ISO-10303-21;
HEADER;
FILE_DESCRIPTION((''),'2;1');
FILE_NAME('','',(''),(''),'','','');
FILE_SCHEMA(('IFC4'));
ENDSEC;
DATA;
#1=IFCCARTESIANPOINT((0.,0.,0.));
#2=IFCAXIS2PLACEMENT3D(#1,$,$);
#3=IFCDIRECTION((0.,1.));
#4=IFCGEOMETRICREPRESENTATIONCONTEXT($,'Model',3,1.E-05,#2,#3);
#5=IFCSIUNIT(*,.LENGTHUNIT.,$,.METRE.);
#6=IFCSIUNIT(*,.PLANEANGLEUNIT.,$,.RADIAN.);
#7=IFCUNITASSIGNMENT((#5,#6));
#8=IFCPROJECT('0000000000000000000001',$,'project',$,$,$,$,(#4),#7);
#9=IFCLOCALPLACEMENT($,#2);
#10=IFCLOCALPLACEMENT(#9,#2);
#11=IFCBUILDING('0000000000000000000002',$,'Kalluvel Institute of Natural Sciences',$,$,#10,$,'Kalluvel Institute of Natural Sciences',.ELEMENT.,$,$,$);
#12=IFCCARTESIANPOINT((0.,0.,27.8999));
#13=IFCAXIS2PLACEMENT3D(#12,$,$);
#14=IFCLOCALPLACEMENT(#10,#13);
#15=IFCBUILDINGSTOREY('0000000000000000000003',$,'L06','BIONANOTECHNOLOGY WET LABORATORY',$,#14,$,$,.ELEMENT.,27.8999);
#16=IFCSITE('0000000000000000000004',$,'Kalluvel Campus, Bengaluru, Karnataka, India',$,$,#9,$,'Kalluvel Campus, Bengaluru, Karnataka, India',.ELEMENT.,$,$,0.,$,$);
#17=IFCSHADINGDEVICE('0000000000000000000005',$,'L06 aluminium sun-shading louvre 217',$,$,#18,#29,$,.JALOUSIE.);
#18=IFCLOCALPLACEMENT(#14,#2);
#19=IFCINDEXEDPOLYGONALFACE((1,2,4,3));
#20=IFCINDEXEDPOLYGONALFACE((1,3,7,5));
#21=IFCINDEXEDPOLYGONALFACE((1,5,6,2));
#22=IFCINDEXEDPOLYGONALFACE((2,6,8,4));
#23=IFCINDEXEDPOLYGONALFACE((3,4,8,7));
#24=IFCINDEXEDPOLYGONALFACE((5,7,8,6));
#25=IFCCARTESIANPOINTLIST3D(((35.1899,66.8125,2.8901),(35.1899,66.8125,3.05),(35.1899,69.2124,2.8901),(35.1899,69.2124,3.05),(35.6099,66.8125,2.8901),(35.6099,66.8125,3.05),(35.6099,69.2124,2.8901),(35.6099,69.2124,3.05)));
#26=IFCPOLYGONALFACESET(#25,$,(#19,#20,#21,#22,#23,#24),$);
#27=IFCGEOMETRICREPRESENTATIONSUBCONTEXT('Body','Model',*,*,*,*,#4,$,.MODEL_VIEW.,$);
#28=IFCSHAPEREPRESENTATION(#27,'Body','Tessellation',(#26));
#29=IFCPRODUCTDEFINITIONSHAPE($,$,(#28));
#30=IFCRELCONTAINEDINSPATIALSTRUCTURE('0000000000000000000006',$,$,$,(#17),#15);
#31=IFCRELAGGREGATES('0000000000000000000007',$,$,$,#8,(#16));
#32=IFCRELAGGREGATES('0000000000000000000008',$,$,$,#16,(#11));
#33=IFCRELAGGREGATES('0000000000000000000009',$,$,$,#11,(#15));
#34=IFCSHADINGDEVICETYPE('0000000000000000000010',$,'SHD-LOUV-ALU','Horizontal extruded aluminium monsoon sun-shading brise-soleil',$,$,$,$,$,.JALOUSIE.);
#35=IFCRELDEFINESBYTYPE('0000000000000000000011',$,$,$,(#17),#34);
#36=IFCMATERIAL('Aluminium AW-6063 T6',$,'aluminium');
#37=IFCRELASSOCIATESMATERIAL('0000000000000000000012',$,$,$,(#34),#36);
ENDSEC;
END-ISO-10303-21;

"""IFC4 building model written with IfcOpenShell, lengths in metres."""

from ifc_helpers import new_model, si_unit, direction, frame, origin, origin_2d, place, context, subcontext, project, spatial, rectangle, extrude, material, type_object, element, save


model = new_model("IFC4")

# Units and contexts
model_context = context("Model", 3, precision=1e-05, world=origin(), true_north=direction((0.0, 1.0)))
body_context = subcontext(model_context, "Body", "Model", "MODEL_VIEW")
ifc_project = project(units=[si_unit("LENGTHUNIT", "METRE"), si_unit("PLANEANGLEUNIT", "RADIAN")], contexts=[model_context])

# Site, building, storey
site_placement = place(None, origin())
site = spatial("IfcSite", under=ifc_project, at=site_placement, Name="Kalluvel Campus, Bengaluru, Karnataka, India", LongName="Kalluvel Campus, Bengaluru, Karnataka, India", CompositionType="ELEMENT", RefElevation=0.0)
building_placement = place(site_placement, origin())
building = spatial("IfcBuilding", under=site, at=building_placement, Name="Kalluvel Institute of Natural Sciences", LongName="Kalluvel Institute of Natural Sciences", CompositionType="ELEMENT")
storey_placement = place(building_placement, frame((0.0, 0.0, 27.8999)))
storey = spatial("IfcBuildingStorey", under=building, at=storey_placement, Name="L06", Description="BIONANOTECHNOLOGY WET LABORATORY", CompositionType="ELEMENT", Elevation=27.8999)

# Shared definitions
ifc_material_1 = material(Name="Aluminium AW-6063 T6", Category="aluminium")

# Shading device
shading_device_type_1 = type_object("IfcShadingDeviceType", Name="SHD-LOUV-ALU", Description="Horizontal extruded aluminium monsoon sun-shading brise-soleil", PredefinedType="JALOUSIE", material=ifc_material_1)
shading_device_placement = place(storey_placement, frame((35.3999, 68.0125, 2.8901), z_axis=(0.0, 0.0, 1.0), x_axis=(0.0, 1.0, 0.0)))
element("IfcShadingDevice", 1, at=shading_device_placement, inside=storey, type_object=shading_device_type_1, Name="L06 aluminium sun-shading louvre 217", PredefinedType="JALOUSIE", context=body_context, shape_type="SweptSolid", body=[
    extrude(rectangle(XDim=2.3999, YDim=0.4199, at=origin_2d()), origin(), (0.0, 0.0, 1.0), 0.1599),
])

save(model, "model.ifc")
